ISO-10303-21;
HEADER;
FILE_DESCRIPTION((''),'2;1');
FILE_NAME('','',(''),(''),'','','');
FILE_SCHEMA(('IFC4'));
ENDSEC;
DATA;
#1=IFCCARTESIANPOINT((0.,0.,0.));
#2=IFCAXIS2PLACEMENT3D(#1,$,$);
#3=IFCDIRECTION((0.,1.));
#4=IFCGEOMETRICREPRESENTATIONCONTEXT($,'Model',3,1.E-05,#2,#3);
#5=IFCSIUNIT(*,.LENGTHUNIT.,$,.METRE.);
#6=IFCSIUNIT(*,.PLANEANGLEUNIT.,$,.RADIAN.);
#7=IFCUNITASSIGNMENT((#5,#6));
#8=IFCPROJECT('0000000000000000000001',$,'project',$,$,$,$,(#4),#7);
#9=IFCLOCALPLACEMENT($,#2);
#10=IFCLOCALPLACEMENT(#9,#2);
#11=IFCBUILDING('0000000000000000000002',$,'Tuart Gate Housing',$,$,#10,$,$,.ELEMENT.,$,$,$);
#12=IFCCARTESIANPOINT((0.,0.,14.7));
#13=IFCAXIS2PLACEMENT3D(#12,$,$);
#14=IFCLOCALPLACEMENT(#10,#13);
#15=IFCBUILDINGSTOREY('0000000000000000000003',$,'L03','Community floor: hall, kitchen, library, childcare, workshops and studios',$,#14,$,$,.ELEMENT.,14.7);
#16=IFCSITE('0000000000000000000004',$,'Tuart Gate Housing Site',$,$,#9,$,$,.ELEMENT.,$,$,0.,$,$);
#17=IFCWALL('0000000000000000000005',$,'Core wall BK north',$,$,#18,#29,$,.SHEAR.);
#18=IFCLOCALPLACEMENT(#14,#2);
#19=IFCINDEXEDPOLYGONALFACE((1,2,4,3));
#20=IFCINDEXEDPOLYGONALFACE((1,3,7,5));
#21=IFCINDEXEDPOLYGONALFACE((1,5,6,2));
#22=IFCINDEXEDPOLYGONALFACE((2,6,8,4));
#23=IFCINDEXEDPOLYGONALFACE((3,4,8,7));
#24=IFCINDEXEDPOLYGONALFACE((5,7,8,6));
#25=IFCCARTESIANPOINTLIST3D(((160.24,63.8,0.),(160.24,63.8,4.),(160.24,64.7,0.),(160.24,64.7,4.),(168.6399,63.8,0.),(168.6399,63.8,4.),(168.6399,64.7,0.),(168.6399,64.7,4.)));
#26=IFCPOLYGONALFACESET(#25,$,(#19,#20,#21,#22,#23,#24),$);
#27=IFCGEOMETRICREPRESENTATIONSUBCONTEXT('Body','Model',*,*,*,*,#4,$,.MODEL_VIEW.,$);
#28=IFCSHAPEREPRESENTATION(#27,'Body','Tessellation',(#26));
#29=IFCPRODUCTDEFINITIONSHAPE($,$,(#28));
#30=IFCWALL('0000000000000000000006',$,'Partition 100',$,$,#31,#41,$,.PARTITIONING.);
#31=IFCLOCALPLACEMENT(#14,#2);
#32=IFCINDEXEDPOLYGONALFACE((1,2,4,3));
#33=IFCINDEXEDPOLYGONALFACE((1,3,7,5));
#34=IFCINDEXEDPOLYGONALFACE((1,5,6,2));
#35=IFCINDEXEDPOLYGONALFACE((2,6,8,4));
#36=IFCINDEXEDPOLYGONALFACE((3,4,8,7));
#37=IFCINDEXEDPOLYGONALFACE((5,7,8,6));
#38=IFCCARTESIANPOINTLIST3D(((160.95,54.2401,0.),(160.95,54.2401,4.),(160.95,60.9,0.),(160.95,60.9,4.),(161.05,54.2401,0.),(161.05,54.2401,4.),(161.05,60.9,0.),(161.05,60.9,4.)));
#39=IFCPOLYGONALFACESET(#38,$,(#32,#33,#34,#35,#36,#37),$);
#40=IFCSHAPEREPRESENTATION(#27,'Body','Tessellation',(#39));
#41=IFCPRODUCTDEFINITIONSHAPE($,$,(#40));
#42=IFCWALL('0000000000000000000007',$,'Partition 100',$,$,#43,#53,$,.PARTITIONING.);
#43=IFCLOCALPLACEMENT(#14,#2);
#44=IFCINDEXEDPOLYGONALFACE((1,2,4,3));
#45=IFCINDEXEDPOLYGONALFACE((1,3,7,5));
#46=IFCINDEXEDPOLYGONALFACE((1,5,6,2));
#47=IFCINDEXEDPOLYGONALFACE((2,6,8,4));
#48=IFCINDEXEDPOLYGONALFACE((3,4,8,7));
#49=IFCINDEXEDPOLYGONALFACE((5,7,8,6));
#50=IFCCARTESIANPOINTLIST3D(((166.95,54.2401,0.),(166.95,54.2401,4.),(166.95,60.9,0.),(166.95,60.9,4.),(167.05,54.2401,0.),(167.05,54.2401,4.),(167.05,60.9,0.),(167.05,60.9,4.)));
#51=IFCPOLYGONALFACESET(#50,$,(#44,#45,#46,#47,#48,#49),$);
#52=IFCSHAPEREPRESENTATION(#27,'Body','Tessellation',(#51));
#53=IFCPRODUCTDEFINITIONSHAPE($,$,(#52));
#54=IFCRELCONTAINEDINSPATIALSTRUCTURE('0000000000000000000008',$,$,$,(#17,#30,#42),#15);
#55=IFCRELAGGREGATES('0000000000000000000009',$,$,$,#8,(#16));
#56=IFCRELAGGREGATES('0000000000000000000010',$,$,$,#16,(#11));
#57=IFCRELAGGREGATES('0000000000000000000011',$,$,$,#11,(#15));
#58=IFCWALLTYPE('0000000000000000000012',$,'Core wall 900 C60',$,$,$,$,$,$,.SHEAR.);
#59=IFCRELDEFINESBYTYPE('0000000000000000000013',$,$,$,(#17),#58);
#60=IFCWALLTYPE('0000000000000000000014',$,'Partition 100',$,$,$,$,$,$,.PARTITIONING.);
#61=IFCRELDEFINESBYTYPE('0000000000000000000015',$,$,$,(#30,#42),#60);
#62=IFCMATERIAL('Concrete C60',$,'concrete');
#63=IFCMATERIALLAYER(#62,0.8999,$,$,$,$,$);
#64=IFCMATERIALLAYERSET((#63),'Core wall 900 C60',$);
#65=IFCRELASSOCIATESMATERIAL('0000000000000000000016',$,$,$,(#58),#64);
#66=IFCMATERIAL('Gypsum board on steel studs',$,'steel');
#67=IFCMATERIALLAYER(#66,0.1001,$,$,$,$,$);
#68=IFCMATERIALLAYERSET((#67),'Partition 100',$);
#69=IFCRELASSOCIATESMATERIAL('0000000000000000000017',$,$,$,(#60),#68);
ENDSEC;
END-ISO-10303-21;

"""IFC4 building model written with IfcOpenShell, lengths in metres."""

from ifc_helpers import new_model, si_unit, direction, frame, frame_2d, origin, place, context, subcontext, project, spatial, rectangle, extrude, material, layer, layer_set, type_object, element, save


model = new_model("IFC4")

# Units and contexts
model_context = context("Model", 3, precision=1e-05, world=origin(), true_north=direction((0.0, 1.0)))
body_context = subcontext(model_context, "Body", "Model", "MODEL_VIEW")
ifc_project = project(units=[si_unit("LENGTHUNIT", "METRE"), si_unit("PLANEANGLEUNIT", "RADIAN")], contexts=[model_context])

# Site, building, storey
site_placement = place(None, origin())
site = spatial("IfcSite", under=ifc_project, at=site_placement, Name="Tuart Gate Housing Site", CompositionType="ELEMENT", RefElevation=0.0)
building_placement = place(site_placement, origin())
building = spatial("IfcBuilding", under=site, at=building_placement, Name="Tuart Gate Housing", CompositionType="ELEMENT")
storey_placement = place(building_placement, frame((0.0, 0.0, 14.7)))
storey = spatial("IfcBuildingStorey", under=building, at=storey_placement, Name="L03", Description="Community floor: hall, kitchen, library, childcare, workshops and studios", CompositionType="ELEMENT", Elevation=14.7)

# Walls
ifc_material_1 = material(Name="Concrete C60", Category="concrete")
ifc_layer_1 = layer(ifc_material_1, 0.8999)
ifc_layer_set_1 = layer_set([ifc_layer_1], Name="Core wall 900 C60")
wall_type_1 = type_object("IfcWallType", Name="Core wall 900 C60", PredefinedType="SHEAR", material=ifc_layer_set_1)
wall_1_placement = place(storey_placement, frame((160.24, 64.25, 0.0), z_axis=(0.0, 0.0, 1.0), x_axis=(1.0, 0.0, 0.0)))
element("IfcWall", 1, at=wall_1_placement, inside=storey, type_object=wall_type_1, Name="Core wall BK north", PredefinedType="SHEAR", context=body_context, shape_type="SweptSolid", body=[
    extrude(rectangle(XDim=8.3999, YDim=0.8999, at=frame_2d((4.2, 0.0))), origin(), (0.0, 0.0, 1.0), 4.0),
])
ifc_material_2 = material(Name="Gypsum board on steel studs", Category="steel")
ifc_layer_2 = layer(ifc_material_2, 0.1001)
ifc_layer_set_2 = layer_set([ifc_layer_2], Name="Partition 100")
wall_type_2 = type_object("IfcWallType", Name="Partition 100", PredefinedType="PARTITIONING", material=ifc_layer_set_2)
for number, where, z_axis, x_axis, name in (
    (2, (161.0, 54.24, 0.0), (0.0, 0.0, 1.0), (0.0, 1.0, 0.0), "Partition 100"),
    (3, (167.0, 54.24, 0.0), (0.0, 0.0, 1.0), (0.0, 1.0, 0.0), "Partition 100"),
):
    element("IfcWall", number, at=place(storey_placement, frame(where, z_axis=z_axis, x_axis=x_axis)), inside=storey, type_object=wall_type_2, Name=name, PredefinedType="PARTITIONING", context=body_context, shape_type="SweptSolid", body=[
        extrude(rectangle(XDim=6.6599, YDim=0.1001, at=frame_2d((3.3301, 0.0))), origin(), (0.0, 0.0, 1.0), 4.0),
    ])

save(model, "model.ifc")
